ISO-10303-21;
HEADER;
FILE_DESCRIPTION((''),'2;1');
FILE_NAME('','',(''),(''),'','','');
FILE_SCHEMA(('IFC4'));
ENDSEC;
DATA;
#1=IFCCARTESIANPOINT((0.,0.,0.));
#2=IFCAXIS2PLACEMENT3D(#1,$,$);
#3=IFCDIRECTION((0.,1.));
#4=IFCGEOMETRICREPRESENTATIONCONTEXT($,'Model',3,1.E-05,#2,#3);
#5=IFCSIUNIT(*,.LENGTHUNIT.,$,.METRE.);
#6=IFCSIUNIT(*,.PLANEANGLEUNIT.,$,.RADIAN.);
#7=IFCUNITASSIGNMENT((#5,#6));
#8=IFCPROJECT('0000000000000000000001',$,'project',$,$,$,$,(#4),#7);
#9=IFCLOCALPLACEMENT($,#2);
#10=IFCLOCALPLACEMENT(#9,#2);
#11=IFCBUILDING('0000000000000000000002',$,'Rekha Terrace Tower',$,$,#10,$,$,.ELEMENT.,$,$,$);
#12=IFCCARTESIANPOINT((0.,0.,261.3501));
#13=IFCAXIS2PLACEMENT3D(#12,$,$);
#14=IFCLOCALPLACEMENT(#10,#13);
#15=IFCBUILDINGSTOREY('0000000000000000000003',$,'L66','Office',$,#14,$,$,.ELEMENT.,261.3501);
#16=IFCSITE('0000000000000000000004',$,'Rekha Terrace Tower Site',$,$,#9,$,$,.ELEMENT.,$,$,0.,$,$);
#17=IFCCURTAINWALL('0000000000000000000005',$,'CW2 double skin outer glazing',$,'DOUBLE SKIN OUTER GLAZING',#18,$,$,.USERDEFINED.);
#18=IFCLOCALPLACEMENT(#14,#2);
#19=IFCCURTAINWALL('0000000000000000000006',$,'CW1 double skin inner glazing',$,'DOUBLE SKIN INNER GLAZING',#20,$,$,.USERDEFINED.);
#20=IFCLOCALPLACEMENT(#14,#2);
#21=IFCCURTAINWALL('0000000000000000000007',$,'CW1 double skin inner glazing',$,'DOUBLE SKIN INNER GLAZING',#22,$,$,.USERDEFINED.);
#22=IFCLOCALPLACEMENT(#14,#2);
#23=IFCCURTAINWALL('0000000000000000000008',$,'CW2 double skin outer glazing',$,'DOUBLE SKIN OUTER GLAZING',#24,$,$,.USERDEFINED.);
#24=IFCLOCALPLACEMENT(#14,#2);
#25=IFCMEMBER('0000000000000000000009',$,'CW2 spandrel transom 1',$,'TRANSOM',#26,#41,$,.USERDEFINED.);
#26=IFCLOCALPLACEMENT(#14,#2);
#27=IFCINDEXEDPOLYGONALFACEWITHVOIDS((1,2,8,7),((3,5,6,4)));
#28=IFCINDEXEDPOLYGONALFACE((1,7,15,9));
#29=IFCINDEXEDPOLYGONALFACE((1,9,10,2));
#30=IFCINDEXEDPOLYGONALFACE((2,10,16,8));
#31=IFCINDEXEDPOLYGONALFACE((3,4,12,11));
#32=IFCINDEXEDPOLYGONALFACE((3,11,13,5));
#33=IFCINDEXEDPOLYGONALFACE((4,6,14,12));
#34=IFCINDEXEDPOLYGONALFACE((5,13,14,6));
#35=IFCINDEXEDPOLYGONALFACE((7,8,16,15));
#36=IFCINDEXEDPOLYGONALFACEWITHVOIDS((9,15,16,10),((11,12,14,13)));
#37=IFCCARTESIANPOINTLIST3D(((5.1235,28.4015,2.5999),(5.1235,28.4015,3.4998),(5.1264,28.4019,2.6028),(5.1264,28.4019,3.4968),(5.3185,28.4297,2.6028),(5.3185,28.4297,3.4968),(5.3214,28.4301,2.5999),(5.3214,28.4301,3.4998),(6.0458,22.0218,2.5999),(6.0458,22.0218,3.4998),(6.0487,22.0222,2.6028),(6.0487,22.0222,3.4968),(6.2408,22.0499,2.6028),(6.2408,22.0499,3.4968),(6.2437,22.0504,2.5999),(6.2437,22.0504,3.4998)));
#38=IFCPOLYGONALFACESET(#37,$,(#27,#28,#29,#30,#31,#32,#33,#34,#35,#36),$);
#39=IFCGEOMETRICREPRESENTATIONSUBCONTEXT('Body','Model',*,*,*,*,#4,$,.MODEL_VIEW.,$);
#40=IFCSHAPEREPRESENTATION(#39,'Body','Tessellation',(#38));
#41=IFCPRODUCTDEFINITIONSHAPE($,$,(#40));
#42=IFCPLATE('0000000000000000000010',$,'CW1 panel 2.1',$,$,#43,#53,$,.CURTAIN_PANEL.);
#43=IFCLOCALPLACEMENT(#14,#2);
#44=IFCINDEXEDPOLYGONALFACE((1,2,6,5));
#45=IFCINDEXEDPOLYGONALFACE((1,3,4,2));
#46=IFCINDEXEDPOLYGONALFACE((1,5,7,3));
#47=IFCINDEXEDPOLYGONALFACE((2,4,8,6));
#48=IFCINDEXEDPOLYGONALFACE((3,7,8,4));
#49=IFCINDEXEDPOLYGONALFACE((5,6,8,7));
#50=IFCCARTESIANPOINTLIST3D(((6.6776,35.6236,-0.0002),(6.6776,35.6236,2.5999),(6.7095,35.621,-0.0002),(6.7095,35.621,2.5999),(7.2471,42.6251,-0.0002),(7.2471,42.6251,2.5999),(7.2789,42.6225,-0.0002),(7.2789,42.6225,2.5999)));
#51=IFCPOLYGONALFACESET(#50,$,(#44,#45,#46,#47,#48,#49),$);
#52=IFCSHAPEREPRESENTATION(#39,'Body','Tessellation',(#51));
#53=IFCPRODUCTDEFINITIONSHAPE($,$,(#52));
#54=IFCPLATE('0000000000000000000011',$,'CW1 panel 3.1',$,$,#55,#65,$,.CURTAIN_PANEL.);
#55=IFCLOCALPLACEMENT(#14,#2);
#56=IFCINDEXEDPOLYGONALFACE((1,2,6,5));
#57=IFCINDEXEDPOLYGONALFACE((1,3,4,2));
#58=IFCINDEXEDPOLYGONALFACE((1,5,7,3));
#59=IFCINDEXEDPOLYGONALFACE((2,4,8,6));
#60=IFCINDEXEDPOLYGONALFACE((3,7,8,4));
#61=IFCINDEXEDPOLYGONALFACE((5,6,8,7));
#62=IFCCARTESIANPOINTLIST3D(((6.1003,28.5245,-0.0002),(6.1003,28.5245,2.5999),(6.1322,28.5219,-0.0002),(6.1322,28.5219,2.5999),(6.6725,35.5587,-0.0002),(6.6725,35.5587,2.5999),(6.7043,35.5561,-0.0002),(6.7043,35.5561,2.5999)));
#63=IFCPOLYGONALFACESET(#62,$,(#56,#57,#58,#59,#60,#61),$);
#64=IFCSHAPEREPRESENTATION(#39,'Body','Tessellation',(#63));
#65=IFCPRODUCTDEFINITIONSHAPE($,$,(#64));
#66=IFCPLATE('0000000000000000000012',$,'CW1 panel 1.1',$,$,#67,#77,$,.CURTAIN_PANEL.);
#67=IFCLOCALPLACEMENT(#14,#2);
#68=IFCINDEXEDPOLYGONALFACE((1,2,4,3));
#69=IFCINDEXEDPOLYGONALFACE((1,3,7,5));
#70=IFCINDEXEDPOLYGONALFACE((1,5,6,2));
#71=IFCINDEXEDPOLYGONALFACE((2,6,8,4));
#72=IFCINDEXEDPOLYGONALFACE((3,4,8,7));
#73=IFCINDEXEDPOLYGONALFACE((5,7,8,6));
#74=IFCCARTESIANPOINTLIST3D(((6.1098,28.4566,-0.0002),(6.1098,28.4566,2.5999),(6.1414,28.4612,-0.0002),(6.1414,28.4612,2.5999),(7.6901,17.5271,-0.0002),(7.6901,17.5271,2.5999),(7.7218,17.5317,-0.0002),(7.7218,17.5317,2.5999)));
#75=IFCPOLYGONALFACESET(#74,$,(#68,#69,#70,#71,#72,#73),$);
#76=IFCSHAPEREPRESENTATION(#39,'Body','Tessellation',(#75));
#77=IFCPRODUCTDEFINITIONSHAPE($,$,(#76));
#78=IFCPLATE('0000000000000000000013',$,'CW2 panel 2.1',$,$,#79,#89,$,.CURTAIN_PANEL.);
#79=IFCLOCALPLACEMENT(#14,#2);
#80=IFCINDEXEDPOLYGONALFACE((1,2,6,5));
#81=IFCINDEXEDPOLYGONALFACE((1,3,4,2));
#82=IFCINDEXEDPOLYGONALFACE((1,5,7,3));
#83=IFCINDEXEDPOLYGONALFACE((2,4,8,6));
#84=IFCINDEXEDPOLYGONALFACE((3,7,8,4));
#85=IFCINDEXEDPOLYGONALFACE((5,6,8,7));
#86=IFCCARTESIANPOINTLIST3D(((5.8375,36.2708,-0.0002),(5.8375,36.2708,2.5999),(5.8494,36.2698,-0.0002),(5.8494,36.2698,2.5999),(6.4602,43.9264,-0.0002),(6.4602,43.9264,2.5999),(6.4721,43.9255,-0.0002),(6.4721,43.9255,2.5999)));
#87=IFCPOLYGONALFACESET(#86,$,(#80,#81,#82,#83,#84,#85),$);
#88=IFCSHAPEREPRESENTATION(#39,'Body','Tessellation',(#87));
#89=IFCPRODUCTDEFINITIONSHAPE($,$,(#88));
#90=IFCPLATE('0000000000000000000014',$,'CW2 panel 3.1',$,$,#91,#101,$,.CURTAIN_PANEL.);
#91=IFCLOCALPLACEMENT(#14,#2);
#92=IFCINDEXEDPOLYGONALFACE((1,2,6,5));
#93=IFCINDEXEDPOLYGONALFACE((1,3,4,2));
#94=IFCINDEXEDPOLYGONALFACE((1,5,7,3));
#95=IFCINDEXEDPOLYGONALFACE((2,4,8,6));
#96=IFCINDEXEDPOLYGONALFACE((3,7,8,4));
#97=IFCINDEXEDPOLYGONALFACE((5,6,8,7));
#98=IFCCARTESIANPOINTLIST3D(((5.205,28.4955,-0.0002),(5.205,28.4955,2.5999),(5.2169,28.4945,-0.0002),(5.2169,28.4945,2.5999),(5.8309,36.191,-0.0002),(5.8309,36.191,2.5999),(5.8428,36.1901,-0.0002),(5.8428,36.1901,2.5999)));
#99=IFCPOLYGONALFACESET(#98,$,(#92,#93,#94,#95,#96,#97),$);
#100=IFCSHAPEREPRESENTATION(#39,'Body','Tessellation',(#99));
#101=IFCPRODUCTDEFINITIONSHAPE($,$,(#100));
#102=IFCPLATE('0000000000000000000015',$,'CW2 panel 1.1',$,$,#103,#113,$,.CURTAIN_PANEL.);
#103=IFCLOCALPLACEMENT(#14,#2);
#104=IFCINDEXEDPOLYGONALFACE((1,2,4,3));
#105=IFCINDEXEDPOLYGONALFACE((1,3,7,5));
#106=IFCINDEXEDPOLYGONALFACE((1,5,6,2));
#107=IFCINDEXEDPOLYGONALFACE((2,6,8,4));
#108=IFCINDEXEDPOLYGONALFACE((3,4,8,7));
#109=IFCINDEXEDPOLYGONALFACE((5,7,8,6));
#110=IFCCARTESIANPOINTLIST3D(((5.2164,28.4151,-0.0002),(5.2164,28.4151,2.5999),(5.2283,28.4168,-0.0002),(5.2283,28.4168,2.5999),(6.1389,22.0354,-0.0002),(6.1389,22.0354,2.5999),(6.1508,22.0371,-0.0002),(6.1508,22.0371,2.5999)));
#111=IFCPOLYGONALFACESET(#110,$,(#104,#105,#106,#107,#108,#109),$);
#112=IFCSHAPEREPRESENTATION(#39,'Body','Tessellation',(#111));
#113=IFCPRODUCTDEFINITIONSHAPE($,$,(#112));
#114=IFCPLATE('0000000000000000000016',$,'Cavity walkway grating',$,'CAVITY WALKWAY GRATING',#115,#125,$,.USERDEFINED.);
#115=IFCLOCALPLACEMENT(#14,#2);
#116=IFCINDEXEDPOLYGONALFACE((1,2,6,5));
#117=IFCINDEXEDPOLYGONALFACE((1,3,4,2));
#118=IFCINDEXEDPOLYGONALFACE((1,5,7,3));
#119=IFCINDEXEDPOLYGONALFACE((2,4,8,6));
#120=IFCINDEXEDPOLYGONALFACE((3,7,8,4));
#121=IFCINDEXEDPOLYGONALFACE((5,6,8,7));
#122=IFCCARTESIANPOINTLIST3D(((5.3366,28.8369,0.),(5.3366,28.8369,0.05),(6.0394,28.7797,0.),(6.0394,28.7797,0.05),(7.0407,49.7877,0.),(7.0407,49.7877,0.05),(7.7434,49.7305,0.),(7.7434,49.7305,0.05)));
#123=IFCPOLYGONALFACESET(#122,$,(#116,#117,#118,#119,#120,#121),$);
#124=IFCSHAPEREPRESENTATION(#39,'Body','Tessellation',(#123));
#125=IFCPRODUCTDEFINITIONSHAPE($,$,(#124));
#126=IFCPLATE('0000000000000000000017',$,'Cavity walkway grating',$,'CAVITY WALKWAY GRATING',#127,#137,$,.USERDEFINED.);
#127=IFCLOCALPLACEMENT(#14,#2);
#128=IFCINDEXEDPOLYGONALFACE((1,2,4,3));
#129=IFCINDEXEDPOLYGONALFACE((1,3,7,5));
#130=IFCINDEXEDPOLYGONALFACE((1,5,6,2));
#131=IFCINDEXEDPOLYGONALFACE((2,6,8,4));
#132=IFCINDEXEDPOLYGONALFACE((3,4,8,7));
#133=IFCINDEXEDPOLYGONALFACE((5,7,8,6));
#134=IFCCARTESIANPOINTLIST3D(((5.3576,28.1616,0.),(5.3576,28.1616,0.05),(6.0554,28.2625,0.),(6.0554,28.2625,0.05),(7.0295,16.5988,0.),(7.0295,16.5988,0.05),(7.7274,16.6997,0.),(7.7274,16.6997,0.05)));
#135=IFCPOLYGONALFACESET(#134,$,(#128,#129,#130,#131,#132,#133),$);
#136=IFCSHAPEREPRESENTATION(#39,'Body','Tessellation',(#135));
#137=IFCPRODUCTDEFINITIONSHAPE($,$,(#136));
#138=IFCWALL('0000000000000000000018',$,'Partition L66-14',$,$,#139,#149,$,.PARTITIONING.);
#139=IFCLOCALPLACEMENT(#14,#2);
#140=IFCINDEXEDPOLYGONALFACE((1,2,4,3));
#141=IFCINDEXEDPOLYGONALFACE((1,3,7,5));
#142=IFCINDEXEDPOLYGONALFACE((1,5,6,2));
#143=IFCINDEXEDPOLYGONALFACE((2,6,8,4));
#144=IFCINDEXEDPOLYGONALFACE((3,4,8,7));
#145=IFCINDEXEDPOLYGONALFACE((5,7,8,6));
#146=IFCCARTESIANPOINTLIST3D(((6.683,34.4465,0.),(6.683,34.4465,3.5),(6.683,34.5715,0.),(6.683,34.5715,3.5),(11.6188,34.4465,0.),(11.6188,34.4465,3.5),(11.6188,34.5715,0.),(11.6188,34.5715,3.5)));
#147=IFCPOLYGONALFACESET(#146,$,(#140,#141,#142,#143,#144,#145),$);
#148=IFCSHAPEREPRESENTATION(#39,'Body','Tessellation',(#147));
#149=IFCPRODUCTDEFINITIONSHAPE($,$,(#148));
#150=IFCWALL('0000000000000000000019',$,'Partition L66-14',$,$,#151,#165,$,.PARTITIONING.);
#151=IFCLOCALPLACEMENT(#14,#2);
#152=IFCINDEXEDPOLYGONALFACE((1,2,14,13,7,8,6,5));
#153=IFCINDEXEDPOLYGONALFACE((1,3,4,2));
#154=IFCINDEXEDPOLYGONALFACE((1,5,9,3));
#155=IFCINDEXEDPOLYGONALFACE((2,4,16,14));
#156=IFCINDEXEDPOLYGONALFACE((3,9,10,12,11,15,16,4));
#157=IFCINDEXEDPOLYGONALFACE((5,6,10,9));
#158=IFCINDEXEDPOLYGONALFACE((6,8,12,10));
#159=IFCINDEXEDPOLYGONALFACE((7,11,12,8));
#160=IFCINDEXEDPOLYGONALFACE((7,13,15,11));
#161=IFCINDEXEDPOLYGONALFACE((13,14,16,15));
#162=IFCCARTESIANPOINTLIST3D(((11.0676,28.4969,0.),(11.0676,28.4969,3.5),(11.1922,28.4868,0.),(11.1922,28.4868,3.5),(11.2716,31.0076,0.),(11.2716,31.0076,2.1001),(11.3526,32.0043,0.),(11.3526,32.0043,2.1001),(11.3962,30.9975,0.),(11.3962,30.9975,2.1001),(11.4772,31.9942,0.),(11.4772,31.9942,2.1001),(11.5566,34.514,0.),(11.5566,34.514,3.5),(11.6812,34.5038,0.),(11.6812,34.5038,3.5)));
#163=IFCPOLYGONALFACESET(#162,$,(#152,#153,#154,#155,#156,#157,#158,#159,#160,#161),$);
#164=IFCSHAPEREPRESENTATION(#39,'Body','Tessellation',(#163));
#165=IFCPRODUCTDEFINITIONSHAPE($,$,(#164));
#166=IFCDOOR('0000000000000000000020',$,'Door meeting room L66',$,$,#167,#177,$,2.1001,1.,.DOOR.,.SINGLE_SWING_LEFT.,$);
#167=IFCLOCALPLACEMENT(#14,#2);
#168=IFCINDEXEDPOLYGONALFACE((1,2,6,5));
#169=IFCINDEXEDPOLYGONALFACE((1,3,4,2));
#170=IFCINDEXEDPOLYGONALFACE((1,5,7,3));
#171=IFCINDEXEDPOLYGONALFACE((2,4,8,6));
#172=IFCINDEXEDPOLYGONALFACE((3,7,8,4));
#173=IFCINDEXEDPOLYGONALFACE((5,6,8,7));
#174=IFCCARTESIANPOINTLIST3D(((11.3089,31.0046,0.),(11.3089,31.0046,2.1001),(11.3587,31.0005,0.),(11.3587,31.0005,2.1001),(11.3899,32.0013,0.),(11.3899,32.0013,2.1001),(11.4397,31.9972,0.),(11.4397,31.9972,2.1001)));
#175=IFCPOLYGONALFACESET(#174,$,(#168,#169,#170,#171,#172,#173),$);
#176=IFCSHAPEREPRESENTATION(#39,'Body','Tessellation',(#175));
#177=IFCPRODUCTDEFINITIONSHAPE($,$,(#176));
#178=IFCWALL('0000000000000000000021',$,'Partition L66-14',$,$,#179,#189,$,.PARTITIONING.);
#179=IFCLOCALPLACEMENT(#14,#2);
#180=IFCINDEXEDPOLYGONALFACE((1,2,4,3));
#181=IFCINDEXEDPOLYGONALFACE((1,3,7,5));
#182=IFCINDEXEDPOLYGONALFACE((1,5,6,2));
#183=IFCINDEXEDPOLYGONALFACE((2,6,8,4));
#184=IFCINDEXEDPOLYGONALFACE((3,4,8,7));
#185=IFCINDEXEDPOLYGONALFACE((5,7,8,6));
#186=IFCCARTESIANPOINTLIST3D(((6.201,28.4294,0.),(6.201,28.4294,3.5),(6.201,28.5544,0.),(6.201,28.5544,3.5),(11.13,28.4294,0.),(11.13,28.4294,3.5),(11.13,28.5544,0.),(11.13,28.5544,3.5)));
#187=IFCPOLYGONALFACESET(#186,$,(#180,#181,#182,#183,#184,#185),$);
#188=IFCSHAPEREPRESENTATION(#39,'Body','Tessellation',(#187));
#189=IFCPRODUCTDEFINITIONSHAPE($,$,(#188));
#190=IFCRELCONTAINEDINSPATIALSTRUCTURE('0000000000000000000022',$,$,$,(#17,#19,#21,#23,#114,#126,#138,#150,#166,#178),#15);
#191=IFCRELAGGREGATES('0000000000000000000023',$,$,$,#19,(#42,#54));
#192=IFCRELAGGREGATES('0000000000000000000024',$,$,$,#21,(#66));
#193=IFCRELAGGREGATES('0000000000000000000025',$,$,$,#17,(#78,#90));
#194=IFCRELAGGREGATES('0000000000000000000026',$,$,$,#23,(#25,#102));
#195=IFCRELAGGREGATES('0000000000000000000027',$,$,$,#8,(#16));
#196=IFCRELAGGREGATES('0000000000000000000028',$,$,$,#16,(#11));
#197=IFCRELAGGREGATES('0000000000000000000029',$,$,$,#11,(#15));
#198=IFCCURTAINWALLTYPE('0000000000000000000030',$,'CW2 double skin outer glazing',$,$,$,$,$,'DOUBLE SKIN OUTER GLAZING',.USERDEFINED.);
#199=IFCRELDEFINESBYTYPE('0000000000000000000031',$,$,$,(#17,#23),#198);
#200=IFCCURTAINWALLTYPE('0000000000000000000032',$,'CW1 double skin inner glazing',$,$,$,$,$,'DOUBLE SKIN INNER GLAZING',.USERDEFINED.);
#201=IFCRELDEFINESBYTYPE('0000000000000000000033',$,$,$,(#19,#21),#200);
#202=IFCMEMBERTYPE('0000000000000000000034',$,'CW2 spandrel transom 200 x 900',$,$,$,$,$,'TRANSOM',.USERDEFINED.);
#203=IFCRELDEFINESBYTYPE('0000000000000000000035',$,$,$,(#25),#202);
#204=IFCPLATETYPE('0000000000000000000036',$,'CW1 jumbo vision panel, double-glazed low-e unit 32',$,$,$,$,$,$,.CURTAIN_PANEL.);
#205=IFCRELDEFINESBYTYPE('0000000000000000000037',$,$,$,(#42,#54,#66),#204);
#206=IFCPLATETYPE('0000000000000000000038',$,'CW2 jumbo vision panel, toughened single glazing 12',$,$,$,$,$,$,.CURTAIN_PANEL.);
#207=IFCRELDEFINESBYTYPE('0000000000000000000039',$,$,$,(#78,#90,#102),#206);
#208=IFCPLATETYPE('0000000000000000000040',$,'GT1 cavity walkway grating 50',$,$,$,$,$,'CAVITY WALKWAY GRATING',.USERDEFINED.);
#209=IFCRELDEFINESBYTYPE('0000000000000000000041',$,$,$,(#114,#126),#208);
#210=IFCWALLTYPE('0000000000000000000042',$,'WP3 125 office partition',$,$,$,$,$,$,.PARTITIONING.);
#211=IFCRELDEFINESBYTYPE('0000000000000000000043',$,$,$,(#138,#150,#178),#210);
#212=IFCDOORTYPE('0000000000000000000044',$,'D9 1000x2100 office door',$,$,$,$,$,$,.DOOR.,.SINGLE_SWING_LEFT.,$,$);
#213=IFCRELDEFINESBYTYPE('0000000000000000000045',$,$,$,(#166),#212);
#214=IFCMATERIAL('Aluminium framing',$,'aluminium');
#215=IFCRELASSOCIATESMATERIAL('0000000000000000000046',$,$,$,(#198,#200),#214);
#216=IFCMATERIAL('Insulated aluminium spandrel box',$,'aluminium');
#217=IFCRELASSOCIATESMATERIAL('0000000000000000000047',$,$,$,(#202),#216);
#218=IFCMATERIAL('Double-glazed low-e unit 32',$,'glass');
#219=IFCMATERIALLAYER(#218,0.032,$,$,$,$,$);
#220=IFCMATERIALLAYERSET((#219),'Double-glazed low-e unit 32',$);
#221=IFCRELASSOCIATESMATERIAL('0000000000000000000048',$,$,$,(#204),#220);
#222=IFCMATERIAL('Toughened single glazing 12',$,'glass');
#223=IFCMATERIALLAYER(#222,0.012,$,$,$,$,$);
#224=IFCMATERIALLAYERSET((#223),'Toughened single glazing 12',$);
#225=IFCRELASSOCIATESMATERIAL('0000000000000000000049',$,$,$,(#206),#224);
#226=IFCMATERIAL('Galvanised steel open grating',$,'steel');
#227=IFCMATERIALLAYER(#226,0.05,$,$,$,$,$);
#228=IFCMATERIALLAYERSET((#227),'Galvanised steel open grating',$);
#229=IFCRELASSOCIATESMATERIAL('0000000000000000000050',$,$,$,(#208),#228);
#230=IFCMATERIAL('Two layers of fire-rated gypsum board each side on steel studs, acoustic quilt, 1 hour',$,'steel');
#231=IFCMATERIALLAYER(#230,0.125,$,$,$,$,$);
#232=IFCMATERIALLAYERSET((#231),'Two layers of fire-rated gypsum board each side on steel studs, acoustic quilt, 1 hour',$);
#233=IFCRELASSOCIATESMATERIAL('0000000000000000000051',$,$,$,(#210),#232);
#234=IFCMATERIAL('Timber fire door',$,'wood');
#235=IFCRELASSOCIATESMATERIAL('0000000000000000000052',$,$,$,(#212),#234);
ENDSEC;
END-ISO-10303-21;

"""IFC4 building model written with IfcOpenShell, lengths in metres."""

from ifc_helpers import new_model, si_unit, direction, frame, frame_2d, origin, origin_2d, place, context, subcontext, project, spatial, rectangle, hollow_rectangle, extrude, material, layer, layer_set, material_profile, profile_set, type_object, element, fill, aggregate, save


model = new_model("IFC4")

# Units and contexts
model_context = context("Model", 3, precision=1e-05, world=origin(), true_north=direction((0.0, 1.0)))
body_context = subcontext(model_context, "Body", "Model", "MODEL_VIEW")
ifc_project = project(units=[si_unit("LENGTHUNIT", "METRE"), si_unit("PLANEANGLEUNIT", "RADIAN")], contexts=[model_context])

# Site, building, storey
site_placement = place(None, origin())
site = spatial("IfcSite", under=ifc_project, at=site_placement, Name="Rekha Terrace Tower Site", CompositionType="ELEMENT", RefElevation=0.0)
building_placement = place(site_placement, origin())
building = spatial("IfcBuilding", under=site, at=building_placement, Name="Rekha Terrace Tower", CompositionType="ELEMENT")
storey_placement = place(building_placement, frame((0.0, 0.0, 261.3501)))
storey = spatial("IfcBuildingStorey", under=building, at=storey_placement, Name="L66", Description="Office", CompositionType="ELEMENT", Elevation=261.3501)

# Curtain walls
ifc_material_1 = material(Name="Aluminium framing", Category="aluminium")
curtain_wall_type_1 = type_object("IfcCurtainWallType", Name="CW2 double skin outer glazing", ElementType="DOUBLE SKIN OUTER GLAZING", PredefinedType="USERDEFINED", material=ifc_material_1)
curtain_wall_1_placement = place(storey_placement, origin())
curtain_wall_1 = element("IfcCurtainWall", 1, at=curtain_wall_1_placement, inside=storey, type_object=curtain_wall_type_1, Name="CW2 double skin outer glazing", ObjectType="DOUBLE SKIN OUTER GLAZING", PredefinedType="USERDEFINED")
curtain_wall_type_2 = type_object("IfcCurtainWallType", Name="CW1 double skin inner glazing", ElementType="DOUBLE SKIN INNER GLAZING", PredefinedType="USERDEFINED", material=ifc_material_1)
curtain_wall_2_placement = place(storey_placement, origin())
curtain_wall_2 = element("IfcCurtainWall", 2, at=curtain_wall_2_placement, inside=storey, type_object=curtain_wall_type_2, Name="CW1 double skin inner glazing", ObjectType="DOUBLE SKIN INNER GLAZING", PredefinedType="USERDEFINED")
curtain_wall_3_placement = place(storey_placement, origin())
curtain_wall_3 = element("IfcCurtainWall", 3, at=curtain_wall_3_placement, inside=storey, type_object=curtain_wall_type_2, Name="CW1 double skin inner glazing", ObjectType="DOUBLE SKIN INNER GLAZING", PredefinedType="USERDEFINED")

# Shared definitions
ifc_material_2 = material(Name="Insulated aluminium spandrel box", Category="aluminium")

# Curtain wall
curtain_wall_4_placement = place(storey_placement, origin())
curtain_wall_4 = element("IfcCurtainWall", 4, at=curtain_wall_4_placement, inside=storey, type_object=curtain_wall_type_1, Name="CW2 double skin outer glazing", ObjectType="DOUBLE SKIN OUTER GLAZING", PredefinedType="USERDEFINED")

# Member
ifc_material_profile_1 = material_profile(ifc_material_2, hollow_rectangle(XDim=0.2, YDim=0.8999, WallThickness=0.0029, at=origin_2d()), Name="AL SPANDREL BOX 200x900")
ifc_profile_set_1 = profile_set([ifc_material_profile_1], Name="Insulated aluminium spandrel box")
member_type_1 = type_object("IfcMemberType", Name="CW2 spandrel transom 200 x 900", ElementType="TRANSOM", PredefinedType="USERDEFINED", material=ifc_profile_set_1)
member_1_placement = place(storey_placement, frame((5.2224, 28.4158, 3.0498), z_axis=(0.143091, -0.989709, 0.0), x_axis=(0.989709, 0.143091, 0.0)))
member_1 = element("IfcMember", 5, at=member_1_placement, type_object=member_type_1, Name="CW2 spandrel transom 1", ObjectType="TRANSOM", PredefinedType="USERDEFINED", context=body_context, shape_type="SweptSolid", body=[
    extrude(hollow_rectangle(XDim=0.2, YDim=0.8999, WallThickness=0.0029, at=origin_2d()), origin(), (0.0, 0.0, 1.0), 6.446),
])

# Plates
ifc_material_3 = material(Name="Double-glazed low-e unit 32", Category="glass")
ifc_layer_1 = layer(ifc_material_3, 0.032)
ifc_layer_set_1 = layer_set([ifc_layer_1], Name="Double-glazed low-e unit 32")
plate_type_1 = type_object("IfcPlateType", Name="CW1 jumbo vision panel, double-glazed low-e unit 32", PredefinedType="CURTAIN_PANEL", material=ifc_layer_set_1)
plate_1_placement = place(storey_placement, frame((6.9783, 39.123, -0.0002), z_axis=(0.0, 0.0, 1.0), x_axis=(-0.081068, -0.996709, 0.0)))
plate_1 = element("IfcPlate", 6, at=plate_1_placement, type_object=plate_type_1, Name="CW1 panel 2.1", PredefinedType="CURTAIN_PANEL", context=body_context, shape_type="SweptSolid", body=[
    extrude(rectangle(XDim=7.0247, YDim=0.032, at=origin_2d()), origin(), (0.0, 0.0, 1.0), 2.6001),
])
plate_2_placement = place(storey_placement, frame((6.4023, 32.0403, -0.0002), z_axis=(0.0, 0.0, 1.0), x_axis=(-0.081068, -0.996709, 0.0)))
plate_2 = element("IfcPlate", 7, at=plate_2_placement, type_object=plate_type_1, Name="CW1 panel 3.1", PredefinedType="CURTAIN_PANEL", context=body_context, shape_type="SweptSolid", body=[
    extrude(rectangle(XDim=7.0574, YDim=0.032, at=origin_2d()), origin(), (0.0, 0.0, 1.0), 2.6001),
])
aggregate(curtain_wall_2, [plate_1, plate_2])
plate_3_placement = place(storey_placement, frame((6.9158, 22.9941, -0.0002), z_axis=(0.0, 0.0, 1.0), x_axis=(0.143108, -0.989707, 0.0)))
plate_3 = element("IfcPlate", 8, at=plate_3_placement, type_object=plate_type_1, Name="CW1 panel 1.1", PredefinedType="CURTAIN_PANEL", context=body_context, shape_type="SweptSolid", body=[
    extrude(rectangle(XDim=11.0432, YDim=0.032, at=origin_2d()), origin(), (0.0, 0.0, 1.0), 2.6001),
])
aggregate(curtain_wall_3, [plate_3])
ifc_material_4 = material(Name="Toughened single glazing 12", Category="glass")
ifc_layer_2 = layer(ifc_material_4, 0.012)
ifc_layer_set_2 = layer_set([ifc_layer_2], Name="Toughened single glazing 12")
plate_type_2 = type_object("IfcPlateType", Name="CW2 jumbo vision panel, toughened single glazing 12", PredefinedType="CURTAIN_PANEL", material=ifc_layer_set_2)
plate_4_placement = place(storey_placement, frame((6.1548, 40.0981, -0.0002), z_axis=(0.0, 0.0, 1.0), x_axis=(-0.081068, -0.996709, 0.0)))
plate_4 = element("IfcPlate", 9, at=plate_4_placement, type_object=plate_type_2, Name="CW2 panel 2.1", PredefinedType="CURTAIN_PANEL", context=body_context, shape_type="SweptSolid", body=[
    extrude(rectangle(XDim=7.6809, YDim=0.012, at=origin_2d()), origin(), (0.0, 0.0, 1.0), 2.6001),
])
plate_5_placement = place(storey_placement, frame((5.5239, 32.3428, -0.0002), z_axis=(0.0, 0.0, 1.0), x_axis=(-0.081068, -0.996709, 0.0)))
plate_5 = element("IfcPlate", 10, at=plate_5_placement, type_object=plate_type_2, Name="CW2 panel 3.1", PredefinedType="CURTAIN_PANEL", context=body_context, shape_type="SweptSolid", body=[
    extrude(rectangle(XDim=7.7209, YDim=0.012, at=origin_2d()), origin(), (0.0, 0.0, 1.0), 2.6001),
])
aggregate(curtain_wall_1, [plate_4, plate_5])
plate_6_placement = place(storey_placement, frame((5.6836, 25.2261, -0.0002), z_axis=(0.0, 0.0, 1.0), x_axis=(0.143108, -0.989707, 0.0)))
plate_6 = element("IfcPlate", 11, at=plate_6_placement, type_object=plate_type_2, Name="CW2 panel 1.1", PredefinedType="CURTAIN_PANEL", context=body_context, shape_type="SweptSolid", body=[
    extrude(rectangle(XDim=6.446, YDim=0.012, at=origin_2d()), origin(), (0.0, 0.0, 1.0), 2.6001),
])
aggregate(curtain_wall_4, [member_1, plate_6])

# Plates
ifc_material_5 = material(Name="Galvanised steel open grating", Category="steel")
ifc_layer_3 = layer(ifc_material_5, 0.05)
ifc_layer_set_3 = layer_set([ifc_layer_3], Name="Galvanised steel open grating")
plate_type_3 = type_object("IfcPlateType", Name="GT1 cavity walkway grating 50", ElementType="CAVITY WALKWAY GRATING", PredefinedType="USERDEFINED", material=ifc_layer_set_3)
plate_7_placement = place(storey_placement, frame((6.54, 39.2837, 0.0), z_axis=(0.0, 0.0, 1.0), x_axis=(-0.081068, -0.996709, 0.0)))
element("IfcPlate", 12, at=plate_7_placement, inside=storey, type_object=plate_type_3, Name="Cavity walkway grating", ObjectType="CAVITY WALKWAY GRATING", PredefinedType="USERDEFINED", context=body_context, shape_type="SweptSolid", body=[
    extrude(rectangle(XDim=21.02, YDim=0.7051, at=origin_2d()), origin(), (0.0, 0.0, 1.0), 0.05),
])
plate_8_placement = place(storey_placement, frame((6.5425, 22.4307, 0.0), z_axis=(0.0, 0.0, 1.0), x_axis=(0.143108, -0.989707, 0.0)))
element("IfcPlate", 13, at=plate_8_placement, inside=storey, type_object=plate_type_3, Name="Cavity walkway grating", ObjectType="CAVITY WALKWAY GRATING", PredefinedType="USERDEFINED", context=body_context, shape_type="SweptSolid", body=[
    extrude(rectangle(XDim=11.6831, YDim=0.7051, at=origin_2d()), origin(), (0.0, 0.0, 1.0), 0.05),
])

# Wall
ifc_material_6 = material(Name="Two layers of fire-rated gypsum board each side on steel studs, acoustic quilt, 1 hour", Category="steel")
ifc_layer_4 = layer(ifc_material_6, 0.125)
ifc_layer_set_4 = layer_set([ifc_layer_4], Name="Two layers of fire-rated gypsum board each side on steel studs, acoustic quilt, 1 hour")
wall_type = type_object("IfcWallType", Name="WP3 125 office partition", PredefinedType="PARTITIONING", material=ifc_layer_set_4)
wall_1_placement = place(storey_placement, frame((6.6831, 34.509, 0.0), z_axis=(0.0, 0.0, 1.0), x_axis=(1.0, 0.0, 0.0)))
element("IfcWall", 14, at=wall_1_placement, inside=storey, type_object=wall_type, Name="Partition L66-14", PredefinedType="PARTITIONING", context=body_context, shape_type="SweptSolid", body=[
    extrude(rectangle(XDim=4.9358, YDim=0.125, at=frame_2d((2.4678, 0.0))), origin(), (0.0, 0.0, 1.0), 3.5),
])

# Wall, opening, door
wall_2_placement = place(storey_placement, frame((11.6189, 34.509, 0.0), z_axis=(0.0, 0.0, 1.0), x_axis=(-0.081004, -0.996714, 0.0)))
wall_2 = element("IfcWall", 15, at=wall_2_placement, inside=storey, type_object=wall_type, Name="Partition L66-14", PredefinedType="PARTITIONING", context=body_context, shape_type="SweptSolid", body=[
    extrude(rectangle(XDim=6.0369, YDim=0.125, at=frame_2d((3.0186, 0.0))), origin(), (0.0, 0.0, 1.0), 3.5),
])
opening_1_placement = place(wall_2_placement, frame((2.5181, 0.0, 0.0)))
opening_1 = element("IfcOpeningElement", 16, at=opening_1_placement, cuts=wall_2, PredefinedType="OPENING", context=body_context, shape_type="SweptSolid", body=[
    extrude(rectangle(XDim=1.0, YDim=2.1001, at=frame_2d((0.5, 1.05))), frame((0.0, 0.0725, 0.0), z_axis=(0.0, -1.0, 0.0), x_axis=(1.0, 0.0, 0.0)), (0.0, 0.0, 1.0), 0.145),
])
ifc_material_7 = material(Name="Timber fire door", Category="wood")
door_type = type_object("IfcDoorType", Name="D9 1000x2100 office door", OperationType="SINGLE_SWING_LEFT", PredefinedType="DOOR", material=ifc_material_7)
door_1_placement = place(opening_1_placement, origin())
door_1 = element("IfcDoor", 17, at=door_1_placement, inside=storey, type_object=door_type, Name="Door meeting room L66", OperationType="SINGLE_SWING_LEFT", OverallHeight=2.1001, OverallWidth=1.0, PredefinedType="DOOR", context=body_context, shape_type="SweptSolid", body=[
    extrude(rectangle(XDim=1.0, YDim=2.1001, at=frame_2d((0.5, 1.05))), frame((0.0, 0.0249, 0.0), z_axis=(0.0, -1.0, 0.0), x_axis=(1.0, 0.0, 0.0)), (0.0, 0.0, 1.0), 0.05),
])
fill(opening_1, door_1)

# Wall
wall_3_placement = place(storey_placement, frame((11.1299, 28.4919, 0.0), z_axis=(0.0, 0.0, 1.0), x_axis=(-1.0, 0.0, 0.0)))
element("IfcWall", 18, at=wall_3_placement, inside=storey, type_object=wall_type, Name="Partition L66-14", PredefinedType="PARTITIONING", context=body_context, shape_type="SweptSolid", body=[
    extrude(rectangle(XDim=4.929, YDim=0.125, at=frame_2d((2.4644, 0.0))), origin(), (0.0, 0.0, 1.0), 3.5),
])

save(model, "model.ifc")
